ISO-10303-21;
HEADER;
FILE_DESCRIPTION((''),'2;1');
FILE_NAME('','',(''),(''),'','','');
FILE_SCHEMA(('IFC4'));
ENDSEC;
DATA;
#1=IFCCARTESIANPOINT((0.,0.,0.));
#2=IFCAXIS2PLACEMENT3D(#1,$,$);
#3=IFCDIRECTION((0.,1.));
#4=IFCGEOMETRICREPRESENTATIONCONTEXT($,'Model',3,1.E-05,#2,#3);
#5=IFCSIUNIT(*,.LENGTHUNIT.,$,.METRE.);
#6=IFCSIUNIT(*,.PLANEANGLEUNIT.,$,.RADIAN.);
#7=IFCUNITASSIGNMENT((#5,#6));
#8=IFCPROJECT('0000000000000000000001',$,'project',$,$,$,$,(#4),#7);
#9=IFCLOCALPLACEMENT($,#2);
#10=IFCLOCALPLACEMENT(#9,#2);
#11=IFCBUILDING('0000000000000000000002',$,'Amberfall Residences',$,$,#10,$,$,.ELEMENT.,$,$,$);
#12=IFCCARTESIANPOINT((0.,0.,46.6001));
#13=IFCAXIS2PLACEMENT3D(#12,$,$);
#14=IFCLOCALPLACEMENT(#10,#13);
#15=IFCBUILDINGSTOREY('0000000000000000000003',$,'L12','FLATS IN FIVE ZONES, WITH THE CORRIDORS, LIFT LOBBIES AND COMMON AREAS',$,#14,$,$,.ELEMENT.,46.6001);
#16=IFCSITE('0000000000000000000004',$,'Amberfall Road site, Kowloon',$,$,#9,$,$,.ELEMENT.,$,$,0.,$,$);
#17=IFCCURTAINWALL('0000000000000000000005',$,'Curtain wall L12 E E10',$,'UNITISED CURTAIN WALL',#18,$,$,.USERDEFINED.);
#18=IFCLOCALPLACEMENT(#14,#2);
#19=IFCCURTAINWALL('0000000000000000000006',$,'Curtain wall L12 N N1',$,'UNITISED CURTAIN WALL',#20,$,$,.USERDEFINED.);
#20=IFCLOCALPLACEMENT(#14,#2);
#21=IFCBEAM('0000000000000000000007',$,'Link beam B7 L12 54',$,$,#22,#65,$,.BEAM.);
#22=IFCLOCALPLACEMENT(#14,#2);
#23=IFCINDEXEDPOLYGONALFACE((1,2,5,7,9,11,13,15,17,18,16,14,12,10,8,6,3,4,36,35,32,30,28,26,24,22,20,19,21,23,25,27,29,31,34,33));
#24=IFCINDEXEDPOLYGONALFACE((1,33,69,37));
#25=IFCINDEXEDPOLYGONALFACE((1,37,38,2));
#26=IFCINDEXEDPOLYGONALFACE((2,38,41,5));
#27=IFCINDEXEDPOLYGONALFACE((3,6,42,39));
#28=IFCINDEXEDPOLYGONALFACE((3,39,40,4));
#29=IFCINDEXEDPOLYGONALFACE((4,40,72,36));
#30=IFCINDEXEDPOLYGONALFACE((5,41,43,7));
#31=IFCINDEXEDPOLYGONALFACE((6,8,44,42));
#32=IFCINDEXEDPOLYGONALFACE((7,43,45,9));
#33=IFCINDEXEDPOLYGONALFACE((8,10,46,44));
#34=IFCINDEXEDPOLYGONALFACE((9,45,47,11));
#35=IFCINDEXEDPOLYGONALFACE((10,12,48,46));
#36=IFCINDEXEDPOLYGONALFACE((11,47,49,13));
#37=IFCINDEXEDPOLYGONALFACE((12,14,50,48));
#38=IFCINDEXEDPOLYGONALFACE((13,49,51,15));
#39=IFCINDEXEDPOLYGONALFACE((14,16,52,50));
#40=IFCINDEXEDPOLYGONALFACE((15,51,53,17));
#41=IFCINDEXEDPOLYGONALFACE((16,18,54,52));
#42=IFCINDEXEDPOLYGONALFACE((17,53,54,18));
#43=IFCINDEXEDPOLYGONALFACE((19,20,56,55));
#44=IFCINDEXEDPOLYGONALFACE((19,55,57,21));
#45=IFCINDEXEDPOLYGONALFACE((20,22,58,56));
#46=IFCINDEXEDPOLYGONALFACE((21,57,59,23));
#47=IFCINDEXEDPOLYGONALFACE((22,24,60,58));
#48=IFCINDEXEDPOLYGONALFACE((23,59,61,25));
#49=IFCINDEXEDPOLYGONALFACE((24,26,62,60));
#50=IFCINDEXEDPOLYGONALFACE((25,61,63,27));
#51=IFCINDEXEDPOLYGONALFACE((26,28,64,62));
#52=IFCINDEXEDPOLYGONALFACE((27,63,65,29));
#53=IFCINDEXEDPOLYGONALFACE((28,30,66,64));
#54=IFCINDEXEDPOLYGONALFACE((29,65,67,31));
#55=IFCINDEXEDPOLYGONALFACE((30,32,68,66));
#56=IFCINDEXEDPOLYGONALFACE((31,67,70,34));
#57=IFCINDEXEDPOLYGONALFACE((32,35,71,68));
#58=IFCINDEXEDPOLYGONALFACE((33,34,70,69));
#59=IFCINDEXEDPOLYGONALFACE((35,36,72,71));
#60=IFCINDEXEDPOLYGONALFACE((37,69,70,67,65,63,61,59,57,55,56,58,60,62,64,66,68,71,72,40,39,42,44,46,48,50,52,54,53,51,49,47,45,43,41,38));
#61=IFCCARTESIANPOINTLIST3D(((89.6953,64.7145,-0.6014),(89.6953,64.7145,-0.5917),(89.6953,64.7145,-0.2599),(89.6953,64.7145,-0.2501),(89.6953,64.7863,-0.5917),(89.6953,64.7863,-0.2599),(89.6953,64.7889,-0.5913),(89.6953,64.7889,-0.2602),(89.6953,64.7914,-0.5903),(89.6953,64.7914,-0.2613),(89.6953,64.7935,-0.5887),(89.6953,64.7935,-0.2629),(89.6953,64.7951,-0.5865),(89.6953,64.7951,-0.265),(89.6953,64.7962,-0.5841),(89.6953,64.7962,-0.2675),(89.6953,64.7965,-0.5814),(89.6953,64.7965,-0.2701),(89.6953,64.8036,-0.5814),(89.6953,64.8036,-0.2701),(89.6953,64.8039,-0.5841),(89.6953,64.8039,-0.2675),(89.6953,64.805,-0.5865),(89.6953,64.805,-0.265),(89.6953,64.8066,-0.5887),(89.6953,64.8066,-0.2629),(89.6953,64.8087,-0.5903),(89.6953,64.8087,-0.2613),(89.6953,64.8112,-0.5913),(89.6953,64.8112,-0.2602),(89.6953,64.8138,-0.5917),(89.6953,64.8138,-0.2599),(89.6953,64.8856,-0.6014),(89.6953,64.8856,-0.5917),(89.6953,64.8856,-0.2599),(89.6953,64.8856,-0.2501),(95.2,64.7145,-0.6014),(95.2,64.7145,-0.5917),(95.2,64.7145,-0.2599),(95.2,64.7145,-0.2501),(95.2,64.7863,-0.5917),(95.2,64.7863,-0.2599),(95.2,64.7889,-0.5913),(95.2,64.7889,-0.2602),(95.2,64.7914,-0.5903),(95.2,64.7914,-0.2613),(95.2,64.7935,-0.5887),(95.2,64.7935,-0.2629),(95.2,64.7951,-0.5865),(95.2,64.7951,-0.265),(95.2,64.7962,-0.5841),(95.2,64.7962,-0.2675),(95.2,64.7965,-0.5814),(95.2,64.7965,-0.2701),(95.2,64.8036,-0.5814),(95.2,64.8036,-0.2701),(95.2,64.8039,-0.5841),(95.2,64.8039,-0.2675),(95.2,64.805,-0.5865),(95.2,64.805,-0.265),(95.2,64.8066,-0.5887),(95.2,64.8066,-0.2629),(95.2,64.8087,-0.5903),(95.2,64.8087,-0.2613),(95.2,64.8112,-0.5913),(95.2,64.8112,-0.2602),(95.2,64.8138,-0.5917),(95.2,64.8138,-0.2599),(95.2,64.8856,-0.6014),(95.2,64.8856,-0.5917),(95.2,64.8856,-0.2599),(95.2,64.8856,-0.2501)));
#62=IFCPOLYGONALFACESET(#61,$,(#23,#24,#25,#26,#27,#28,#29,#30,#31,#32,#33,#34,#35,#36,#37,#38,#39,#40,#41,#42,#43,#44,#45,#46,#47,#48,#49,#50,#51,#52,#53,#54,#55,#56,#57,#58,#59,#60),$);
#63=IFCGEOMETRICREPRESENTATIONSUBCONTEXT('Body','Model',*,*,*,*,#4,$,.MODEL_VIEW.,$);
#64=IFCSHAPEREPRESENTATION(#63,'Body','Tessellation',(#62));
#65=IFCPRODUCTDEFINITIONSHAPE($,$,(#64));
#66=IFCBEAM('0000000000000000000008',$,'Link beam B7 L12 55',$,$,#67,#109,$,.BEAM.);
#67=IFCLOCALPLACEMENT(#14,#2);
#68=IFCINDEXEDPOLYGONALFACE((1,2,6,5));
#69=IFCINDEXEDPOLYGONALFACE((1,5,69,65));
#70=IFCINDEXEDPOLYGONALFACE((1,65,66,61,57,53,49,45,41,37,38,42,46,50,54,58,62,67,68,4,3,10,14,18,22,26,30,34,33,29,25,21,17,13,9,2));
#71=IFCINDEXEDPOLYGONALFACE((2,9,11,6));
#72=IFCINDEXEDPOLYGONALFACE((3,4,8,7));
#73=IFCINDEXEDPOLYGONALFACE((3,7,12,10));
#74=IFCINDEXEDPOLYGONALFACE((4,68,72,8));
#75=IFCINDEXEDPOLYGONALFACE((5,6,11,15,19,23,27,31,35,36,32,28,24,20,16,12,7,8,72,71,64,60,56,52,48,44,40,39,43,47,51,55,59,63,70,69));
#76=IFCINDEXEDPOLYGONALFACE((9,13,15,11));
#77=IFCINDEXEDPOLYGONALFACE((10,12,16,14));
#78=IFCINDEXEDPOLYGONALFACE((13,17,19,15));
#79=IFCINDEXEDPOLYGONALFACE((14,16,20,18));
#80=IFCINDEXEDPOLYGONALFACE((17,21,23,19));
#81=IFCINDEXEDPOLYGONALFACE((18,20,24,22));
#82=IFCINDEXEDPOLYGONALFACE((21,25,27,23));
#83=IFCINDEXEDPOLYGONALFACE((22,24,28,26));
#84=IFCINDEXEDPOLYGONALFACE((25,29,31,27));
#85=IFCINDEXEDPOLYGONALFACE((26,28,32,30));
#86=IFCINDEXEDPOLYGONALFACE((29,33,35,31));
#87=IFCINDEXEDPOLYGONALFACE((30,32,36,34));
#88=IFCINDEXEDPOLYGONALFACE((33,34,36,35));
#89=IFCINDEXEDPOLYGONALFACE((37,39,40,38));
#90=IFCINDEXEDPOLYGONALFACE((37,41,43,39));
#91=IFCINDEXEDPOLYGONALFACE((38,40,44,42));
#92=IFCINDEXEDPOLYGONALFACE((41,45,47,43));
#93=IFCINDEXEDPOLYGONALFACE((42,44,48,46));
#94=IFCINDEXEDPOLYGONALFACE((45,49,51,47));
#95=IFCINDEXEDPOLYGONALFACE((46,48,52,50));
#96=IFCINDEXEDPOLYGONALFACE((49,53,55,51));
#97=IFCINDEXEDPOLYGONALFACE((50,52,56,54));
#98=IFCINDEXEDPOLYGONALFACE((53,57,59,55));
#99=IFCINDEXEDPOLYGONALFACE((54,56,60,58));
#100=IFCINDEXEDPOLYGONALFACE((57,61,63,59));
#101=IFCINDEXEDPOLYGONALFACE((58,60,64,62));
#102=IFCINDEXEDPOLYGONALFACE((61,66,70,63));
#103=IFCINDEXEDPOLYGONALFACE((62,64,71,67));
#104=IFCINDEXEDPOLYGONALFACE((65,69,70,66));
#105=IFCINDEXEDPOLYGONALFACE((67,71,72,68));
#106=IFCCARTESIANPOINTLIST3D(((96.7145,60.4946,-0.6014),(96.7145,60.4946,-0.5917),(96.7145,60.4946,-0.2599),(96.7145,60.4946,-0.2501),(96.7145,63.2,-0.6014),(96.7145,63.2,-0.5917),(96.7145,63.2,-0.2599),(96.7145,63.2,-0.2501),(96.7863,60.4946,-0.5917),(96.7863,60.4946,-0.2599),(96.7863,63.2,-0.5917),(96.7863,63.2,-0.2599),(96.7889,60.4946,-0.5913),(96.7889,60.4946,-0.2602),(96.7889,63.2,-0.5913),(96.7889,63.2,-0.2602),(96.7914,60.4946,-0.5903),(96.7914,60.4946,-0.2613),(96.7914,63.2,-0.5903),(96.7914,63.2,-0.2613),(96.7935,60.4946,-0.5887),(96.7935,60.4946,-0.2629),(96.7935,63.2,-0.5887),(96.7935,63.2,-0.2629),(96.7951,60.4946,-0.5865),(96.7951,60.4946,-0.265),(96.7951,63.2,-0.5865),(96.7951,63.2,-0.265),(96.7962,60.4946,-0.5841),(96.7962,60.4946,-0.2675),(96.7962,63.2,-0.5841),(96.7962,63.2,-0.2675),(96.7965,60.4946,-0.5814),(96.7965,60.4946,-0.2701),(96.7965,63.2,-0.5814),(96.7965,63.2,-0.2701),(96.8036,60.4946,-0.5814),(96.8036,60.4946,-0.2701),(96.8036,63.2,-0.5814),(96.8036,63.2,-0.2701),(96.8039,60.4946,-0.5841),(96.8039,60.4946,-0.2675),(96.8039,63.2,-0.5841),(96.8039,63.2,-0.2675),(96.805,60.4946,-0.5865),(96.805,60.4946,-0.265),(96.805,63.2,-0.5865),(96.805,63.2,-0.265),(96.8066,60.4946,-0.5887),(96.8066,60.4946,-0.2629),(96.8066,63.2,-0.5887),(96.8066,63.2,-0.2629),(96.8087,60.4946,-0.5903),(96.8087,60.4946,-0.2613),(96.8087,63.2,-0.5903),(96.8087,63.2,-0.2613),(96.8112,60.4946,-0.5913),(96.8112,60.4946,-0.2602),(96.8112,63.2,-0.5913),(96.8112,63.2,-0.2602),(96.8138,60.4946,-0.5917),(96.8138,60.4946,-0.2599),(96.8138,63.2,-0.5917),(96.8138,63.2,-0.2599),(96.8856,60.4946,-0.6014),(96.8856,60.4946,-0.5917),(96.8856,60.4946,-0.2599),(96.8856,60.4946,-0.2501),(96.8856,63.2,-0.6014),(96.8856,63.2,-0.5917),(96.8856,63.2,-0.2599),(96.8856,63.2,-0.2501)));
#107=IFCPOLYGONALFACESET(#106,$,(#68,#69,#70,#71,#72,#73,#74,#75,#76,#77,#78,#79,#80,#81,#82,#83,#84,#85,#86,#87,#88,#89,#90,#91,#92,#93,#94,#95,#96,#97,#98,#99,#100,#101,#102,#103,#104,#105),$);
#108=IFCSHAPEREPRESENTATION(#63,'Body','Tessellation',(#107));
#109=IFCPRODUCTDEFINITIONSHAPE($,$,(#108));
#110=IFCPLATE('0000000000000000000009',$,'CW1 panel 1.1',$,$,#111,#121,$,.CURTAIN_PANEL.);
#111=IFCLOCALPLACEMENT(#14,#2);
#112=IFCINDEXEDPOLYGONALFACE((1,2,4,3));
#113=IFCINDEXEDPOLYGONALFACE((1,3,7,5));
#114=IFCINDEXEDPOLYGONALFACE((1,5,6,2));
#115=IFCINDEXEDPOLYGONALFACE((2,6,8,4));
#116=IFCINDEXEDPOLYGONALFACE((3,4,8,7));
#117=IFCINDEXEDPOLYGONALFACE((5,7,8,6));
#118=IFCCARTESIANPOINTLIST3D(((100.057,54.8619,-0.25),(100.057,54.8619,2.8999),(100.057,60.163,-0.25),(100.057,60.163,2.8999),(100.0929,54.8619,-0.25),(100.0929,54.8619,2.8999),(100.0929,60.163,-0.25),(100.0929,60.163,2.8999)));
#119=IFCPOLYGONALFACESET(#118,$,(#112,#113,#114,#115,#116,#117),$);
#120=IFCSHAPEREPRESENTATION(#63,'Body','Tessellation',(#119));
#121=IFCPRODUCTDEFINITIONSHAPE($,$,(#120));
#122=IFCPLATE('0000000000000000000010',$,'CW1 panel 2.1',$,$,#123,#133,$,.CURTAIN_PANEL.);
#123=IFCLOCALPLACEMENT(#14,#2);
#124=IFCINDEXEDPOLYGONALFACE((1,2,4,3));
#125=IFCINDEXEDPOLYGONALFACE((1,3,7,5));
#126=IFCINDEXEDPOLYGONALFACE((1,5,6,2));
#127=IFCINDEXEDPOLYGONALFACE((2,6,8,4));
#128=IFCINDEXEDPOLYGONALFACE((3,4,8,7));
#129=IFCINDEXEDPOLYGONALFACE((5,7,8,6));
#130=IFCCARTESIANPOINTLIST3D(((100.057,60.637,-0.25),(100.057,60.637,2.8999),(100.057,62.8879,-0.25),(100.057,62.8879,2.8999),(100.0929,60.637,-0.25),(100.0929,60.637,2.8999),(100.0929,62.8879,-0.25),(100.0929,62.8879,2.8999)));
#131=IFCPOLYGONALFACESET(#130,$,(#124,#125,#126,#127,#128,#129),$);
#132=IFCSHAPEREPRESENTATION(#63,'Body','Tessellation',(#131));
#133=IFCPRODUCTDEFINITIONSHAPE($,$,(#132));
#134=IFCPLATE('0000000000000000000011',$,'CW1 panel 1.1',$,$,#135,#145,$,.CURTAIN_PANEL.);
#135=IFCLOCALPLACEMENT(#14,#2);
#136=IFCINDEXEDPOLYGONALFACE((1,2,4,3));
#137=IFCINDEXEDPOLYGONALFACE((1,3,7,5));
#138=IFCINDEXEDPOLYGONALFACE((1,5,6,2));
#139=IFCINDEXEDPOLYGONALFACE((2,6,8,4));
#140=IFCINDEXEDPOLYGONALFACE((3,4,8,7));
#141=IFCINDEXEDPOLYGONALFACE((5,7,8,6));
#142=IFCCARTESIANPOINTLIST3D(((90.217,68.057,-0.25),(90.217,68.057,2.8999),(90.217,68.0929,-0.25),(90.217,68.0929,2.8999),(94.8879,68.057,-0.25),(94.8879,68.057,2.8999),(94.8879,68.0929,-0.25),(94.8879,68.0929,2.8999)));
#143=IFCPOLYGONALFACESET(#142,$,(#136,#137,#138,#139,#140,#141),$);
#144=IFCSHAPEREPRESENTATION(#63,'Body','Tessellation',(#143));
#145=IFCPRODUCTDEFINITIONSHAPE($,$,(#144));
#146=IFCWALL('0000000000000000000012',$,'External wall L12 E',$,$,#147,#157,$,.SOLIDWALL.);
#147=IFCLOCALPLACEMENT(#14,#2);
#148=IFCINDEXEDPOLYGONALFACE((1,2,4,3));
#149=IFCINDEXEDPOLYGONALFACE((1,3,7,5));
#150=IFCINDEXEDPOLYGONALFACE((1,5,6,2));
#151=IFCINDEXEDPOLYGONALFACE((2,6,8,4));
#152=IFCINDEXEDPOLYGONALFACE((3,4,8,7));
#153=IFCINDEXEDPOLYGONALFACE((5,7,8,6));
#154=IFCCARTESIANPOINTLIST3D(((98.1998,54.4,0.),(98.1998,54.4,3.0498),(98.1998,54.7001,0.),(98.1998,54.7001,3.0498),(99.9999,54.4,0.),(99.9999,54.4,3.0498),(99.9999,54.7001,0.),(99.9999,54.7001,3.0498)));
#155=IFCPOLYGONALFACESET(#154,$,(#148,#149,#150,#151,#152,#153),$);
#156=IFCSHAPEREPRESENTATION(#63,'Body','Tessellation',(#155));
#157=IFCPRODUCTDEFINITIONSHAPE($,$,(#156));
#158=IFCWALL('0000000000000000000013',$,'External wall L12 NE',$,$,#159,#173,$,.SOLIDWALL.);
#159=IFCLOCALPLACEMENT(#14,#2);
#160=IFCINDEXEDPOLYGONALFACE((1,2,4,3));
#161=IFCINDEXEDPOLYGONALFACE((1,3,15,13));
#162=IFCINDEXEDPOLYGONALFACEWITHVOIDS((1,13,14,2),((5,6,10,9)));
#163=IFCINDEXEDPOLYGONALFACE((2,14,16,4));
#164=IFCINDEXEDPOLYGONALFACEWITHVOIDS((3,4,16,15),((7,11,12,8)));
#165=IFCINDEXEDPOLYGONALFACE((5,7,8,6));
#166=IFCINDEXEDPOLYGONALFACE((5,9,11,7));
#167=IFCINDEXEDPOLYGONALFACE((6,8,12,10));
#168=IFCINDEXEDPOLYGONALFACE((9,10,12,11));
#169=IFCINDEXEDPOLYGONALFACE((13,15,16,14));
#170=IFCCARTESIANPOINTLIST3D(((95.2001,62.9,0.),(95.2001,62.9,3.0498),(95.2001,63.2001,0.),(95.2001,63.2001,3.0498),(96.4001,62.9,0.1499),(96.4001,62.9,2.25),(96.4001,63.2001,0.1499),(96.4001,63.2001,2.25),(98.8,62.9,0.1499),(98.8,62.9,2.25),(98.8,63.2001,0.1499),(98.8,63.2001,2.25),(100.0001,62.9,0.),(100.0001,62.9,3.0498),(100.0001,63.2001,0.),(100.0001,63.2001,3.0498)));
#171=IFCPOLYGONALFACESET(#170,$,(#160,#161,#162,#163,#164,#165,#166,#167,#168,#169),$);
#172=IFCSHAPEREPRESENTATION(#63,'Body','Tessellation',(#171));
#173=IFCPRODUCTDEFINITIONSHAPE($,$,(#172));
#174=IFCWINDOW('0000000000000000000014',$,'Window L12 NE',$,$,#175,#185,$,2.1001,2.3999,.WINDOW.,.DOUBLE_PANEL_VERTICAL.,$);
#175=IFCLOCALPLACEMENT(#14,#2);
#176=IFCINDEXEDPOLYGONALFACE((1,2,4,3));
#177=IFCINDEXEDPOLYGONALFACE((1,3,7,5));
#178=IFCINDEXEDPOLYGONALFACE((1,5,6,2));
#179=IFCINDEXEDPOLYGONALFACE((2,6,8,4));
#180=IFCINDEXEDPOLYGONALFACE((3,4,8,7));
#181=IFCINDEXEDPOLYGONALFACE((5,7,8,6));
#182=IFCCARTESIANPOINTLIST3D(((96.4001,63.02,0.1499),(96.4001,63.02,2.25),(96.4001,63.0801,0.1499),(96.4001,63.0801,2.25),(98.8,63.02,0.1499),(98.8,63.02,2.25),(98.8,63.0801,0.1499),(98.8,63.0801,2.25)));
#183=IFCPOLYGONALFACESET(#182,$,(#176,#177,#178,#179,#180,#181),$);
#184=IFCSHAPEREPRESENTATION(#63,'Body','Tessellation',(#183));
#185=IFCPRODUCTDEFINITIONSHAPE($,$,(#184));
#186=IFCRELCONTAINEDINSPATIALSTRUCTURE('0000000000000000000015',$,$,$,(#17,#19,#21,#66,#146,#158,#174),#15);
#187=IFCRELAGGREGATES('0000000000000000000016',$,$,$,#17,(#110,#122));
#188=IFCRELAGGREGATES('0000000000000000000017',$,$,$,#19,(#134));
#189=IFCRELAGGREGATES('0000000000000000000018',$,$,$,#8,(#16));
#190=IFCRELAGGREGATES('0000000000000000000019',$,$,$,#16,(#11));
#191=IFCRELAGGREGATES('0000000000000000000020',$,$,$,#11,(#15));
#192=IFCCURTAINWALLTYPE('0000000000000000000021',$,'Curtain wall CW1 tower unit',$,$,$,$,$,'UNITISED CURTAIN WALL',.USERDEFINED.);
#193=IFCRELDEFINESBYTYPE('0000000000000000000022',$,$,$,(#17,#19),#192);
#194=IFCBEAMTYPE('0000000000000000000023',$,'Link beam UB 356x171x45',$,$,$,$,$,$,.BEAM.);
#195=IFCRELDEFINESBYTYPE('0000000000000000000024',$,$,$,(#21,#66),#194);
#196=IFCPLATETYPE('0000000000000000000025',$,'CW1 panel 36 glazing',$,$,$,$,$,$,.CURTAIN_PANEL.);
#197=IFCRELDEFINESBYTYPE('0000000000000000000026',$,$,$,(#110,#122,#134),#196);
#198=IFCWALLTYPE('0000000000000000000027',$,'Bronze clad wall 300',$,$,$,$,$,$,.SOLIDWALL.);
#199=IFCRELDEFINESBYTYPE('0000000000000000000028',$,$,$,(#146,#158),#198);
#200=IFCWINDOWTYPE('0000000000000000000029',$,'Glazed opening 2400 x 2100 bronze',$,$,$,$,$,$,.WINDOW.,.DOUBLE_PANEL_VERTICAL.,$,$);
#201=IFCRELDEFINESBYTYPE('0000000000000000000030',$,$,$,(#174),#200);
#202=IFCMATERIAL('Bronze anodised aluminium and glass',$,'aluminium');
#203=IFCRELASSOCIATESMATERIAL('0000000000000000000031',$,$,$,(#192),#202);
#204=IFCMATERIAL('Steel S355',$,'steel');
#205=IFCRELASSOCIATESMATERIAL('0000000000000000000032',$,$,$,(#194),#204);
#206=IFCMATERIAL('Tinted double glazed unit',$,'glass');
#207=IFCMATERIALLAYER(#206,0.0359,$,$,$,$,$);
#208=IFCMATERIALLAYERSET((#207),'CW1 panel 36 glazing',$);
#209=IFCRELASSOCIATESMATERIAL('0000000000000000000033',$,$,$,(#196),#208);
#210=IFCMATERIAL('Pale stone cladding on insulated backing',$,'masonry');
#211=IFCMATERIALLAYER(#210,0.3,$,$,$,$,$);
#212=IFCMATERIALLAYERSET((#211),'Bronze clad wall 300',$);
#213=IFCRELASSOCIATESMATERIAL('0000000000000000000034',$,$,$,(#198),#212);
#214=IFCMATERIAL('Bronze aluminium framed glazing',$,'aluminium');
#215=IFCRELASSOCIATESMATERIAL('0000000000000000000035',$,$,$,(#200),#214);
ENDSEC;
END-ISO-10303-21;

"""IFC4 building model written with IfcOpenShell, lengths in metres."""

from ifc_helpers import new_model, si_unit, direction, frame, frame_2d, origin, origin_2d, place, context, subcontext, project, spatial, rectangle, i_section, extrude, material, layer, layer_set, material_profile, profile_set, type_object, element, fill, aggregate, save


model = new_model("IFC4")

# Units and contexts
model_context = context("Model", 3, precision=1e-05, world=origin(), true_north=direction((0.0, 1.0)))
body_context = subcontext(model_context, "Body", "Model", "MODEL_VIEW")
ifc_project = project(units=[si_unit("LENGTHUNIT", "METRE"), si_unit("PLANEANGLEUNIT", "RADIAN")], contexts=[model_context])

# Site, building, storey
site_placement = place(None, origin())
site = spatial("IfcSite", under=ifc_project, at=site_placement, Name="Amberfall Road site, Kowloon", CompositionType="ELEMENT", RefElevation=0.0)
building_placement = place(site_placement, origin())
building = spatial("IfcBuilding", under=site, at=building_placement, Name="Amberfall Residences", CompositionType="ELEMENT")
storey_placement = place(building_placement, frame((0.0, 0.0, 46.6001)))
storey = spatial("IfcBuildingStorey", under=building, at=storey_placement, Name="L12", Description="FLATS IN FIVE ZONES, WITH THE CORRIDORS, LIFT LOBBIES AND COMMON AREAS", CompositionType="ELEMENT", Elevation=46.6001)

# Curtain wall
ifc_material_1 = material(Name="Bronze anodised aluminium and glass", Category="aluminium")
curtain_wall_type = type_object("IfcCurtainWallType", Name="Curtain wall CW1 tower unit", ElementType="UNITISED CURTAIN WALL", PredefinedType="USERDEFINED", material=ifc_material_1)
curtain_wall_1_placement = place(storey_placement, origin())
curtain_wall_1 = element("IfcCurtainWall", 1, at=curtain_wall_1_placement, inside=storey, type_object=curtain_wall_type, Name="Curtain wall L12 E E10", ObjectType="UNITISED CURTAIN WALL", PredefinedType="USERDEFINED")

# Curtain wall
curtain_wall_2_placement = place(storey_placement, origin())
curtain_wall_2 = element("IfcCurtainWall", 2, at=curtain_wall_2_placement, inside=storey, type_object=curtain_wall_type, Name="Curtain wall L12 N N1", ObjectType="UNITISED CURTAIN WALL", PredefinedType="USERDEFINED")

# Beams
ifc_material_2 = material(Name="Steel S355", Category="steel")
ifc_material_profile_1 = material_profile(ifc_material_2, i_section(OverallWidth=0.1711, OverallDepth=0.3513, WebThickness=0.0071, FlangeThickness=0.0098, FilletRadius=0.0103, at=origin_2d()), Name="UB 356x171x45")
ifc_profile_set_1 = profile_set([ifc_material_profile_1], Name="Steel S355")
beam_type_1 = type_object("IfcBeamType", Name="Link beam UB 356x171x45", PredefinedType="BEAM", material=ifc_profile_set_1)
beam_1_placement = place(storey_placement, frame((95.2, 64.8, -0.4258), z_axis=(-1.0, 0.0, 0.0), x_axis=(0.0, -1.0, 0.0)))
element("IfcBeam", 3, at=beam_1_placement, inside=storey, type_object=beam_type_1, Name="Link beam B7 L12 54", PredefinedType="BEAM", context=body_context, shape_type="SweptSolid", body=[
    extrude(i_section(OverallWidth=0.1711, OverallDepth=0.3513, WebThickness=0.0071, FlangeThickness=0.0098, FilletRadius=0.0103, at=origin_2d()), origin(), (0.0, 0.0, 1.0), 5.5046),
])
beam_2_placement = place(storey_placement, frame((96.8, 63.2, -0.4258), z_axis=(0.0, -1.0, 0.0), x_axis=(1.0, 0.0, 0.0)))
element("IfcBeam", 4, at=beam_2_placement, inside=storey, type_object=beam_type_1, Name="Link beam B7 L12 55", PredefinedType="BEAM", context=body_context, shape_type="SweptSolid", body=[
    extrude(i_section(OverallWidth=0.1711, OverallDepth=0.3513, WebThickness=0.0071, FlangeThickness=0.0098, FilletRadius=0.0103, at=origin_2d()), origin(), (0.0, 0.0, 1.0), 2.7053),
])

# Plates
ifc_material_3 = material(Name="Tinted double glazed unit", Category="glass")
ifc_layer_1 = layer(ifc_material_3, 0.0359)
ifc_layer_set_1 = layer_set([ifc_layer_1], Name="CW1 panel 36 glazing")
plate_type = type_object("IfcPlateType", Name="CW1 panel 36 glazing", PredefinedType="CURTAIN_PANEL", material=ifc_layer_set_1)
plate_1_placement = place(storey_placement, frame((100.075, 57.5125, -0.25), z_axis=(0.0, 0.0, 1.0), x_axis=(0.0, 1.0, 0.0)))
plate_1 = element("IfcPlate", 5, at=plate_1_placement, type_object=plate_type, Name="CW1 panel 1.1", PredefinedType="CURTAIN_PANEL", context=body_context, shape_type="SweptSolid", body=[
    extrude(rectangle(XDim=5.301, YDim=0.0359, at=origin_2d()), origin(), (0.0, 0.0, 1.0), 3.1499),
])
plate_2_placement = place(storey_placement, frame((100.075, 61.7625, -0.25), z_axis=(0.0, 0.0, 1.0), x_axis=(0.0, 1.0, 0.0)))
plate_2 = element("IfcPlate", 6, at=plate_2_placement, type_object=plate_type, Name="CW1 panel 2.1", PredefinedType="CURTAIN_PANEL", context=body_context, shape_type="SweptSolid", body=[
    extrude(rectangle(XDim=2.251, YDim=0.0359, at=origin_2d()), origin(), (0.0, 0.0, 1.0), 3.1499),
])
aggregate(curtain_wall_1, [plate_1, plate_2])
plate_3_placement = place(storey_placement, frame((92.5525, 68.075, -0.25), z_axis=(0.0, 0.0, 1.0), x_axis=(-1.0, 0.0, 0.0)))
plate_3 = element("IfcPlate", 7, at=plate_3_placement, type_object=plate_type, Name="CW1 panel 1.1", PredefinedType="CURTAIN_PANEL", context=body_context, shape_type="SweptSolid", body=[
    extrude(rectangle(XDim=4.6709, YDim=0.0359, at=origin_2d()), origin(), (0.0, 0.0, 1.0), 3.1499),
])
aggregate(curtain_wall_2, [plate_3])

# Wall
ifc_material_4 = material(Name="Pale stone cladding on insulated backing", Category="masonry")
ifc_layer_2 = layer(ifc_material_4, 0.3)
ifc_layer_set_2 = layer_set([ifc_layer_2], Name="Bronze clad wall 300")
wall_type_1 = type_object("IfcWallType", Name="Bronze clad wall 300", PredefinedType="SOLIDWALL", material=ifc_layer_set_2)
wall_1_placement = place(storey_placement, frame((98.2, 54.55, 0.0), z_axis=(0.0, 0.0, 1.0), x_axis=(1.0, 0.0, 0.0)))
element("IfcWall", 8, at=wall_1_placement, inside=storey, type_object=wall_type_1, Name="External wall L12 E", PredefinedType="SOLIDWALL", context=body_context, shape_type="SweptSolid", body=[
    extrude(rectangle(XDim=1.8, YDim=0.3, at=frame_2d((0.8999, 0.0))), origin(), (0.0, 0.0, 1.0), 3.0498),
])

# Wall, opening, window
wall_2_placement = place(storey_placement, frame((100.0, 63.05, 0.0), z_axis=(0.0, 0.0, 1.0), x_axis=(-1.0, 0.0, 0.0)))
wall_2 = element("IfcWall", 9, at=wall_2_placement, inside=storey, type_object=wall_type_1, Name="External wall L12 NE", PredefinedType="SOLIDWALL", context=body_context, shape_type="SweptSolid", body=[
    extrude(rectangle(XDim=4.8, YDim=0.3, at=frame_2d((2.3999, 0.0))), origin(), (0.0, 0.0, 1.0), 3.0498),
])
opening_1_placement = place(wall_2_placement, frame((1.2, 0.0, 0.1499)))
opening_1 = element("IfcOpeningElement", 10, at=opening_1_placement, cuts=wall_2, PredefinedType="OPENING", context=body_context, shape_type="SweptSolid", body=[
    extrude(rectangle(XDim=2.3999, YDim=2.1001, at=frame_2d((1.2, 1.05))), frame((0.0, 0.1599, 0.0), z_axis=(0.0, -1.0, 0.0), x_axis=(1.0, 0.0, 0.0)), (0.0, 0.0, 1.0), 0.3201),
])
ifc_material_5 = material(Name="Bronze aluminium framed glazing", Category="aluminium")
window_type = type_object("IfcWindowType", Name="Glazed opening 2400 x 2100 bronze", PartitioningType="DOUBLE_PANEL_VERTICAL", PredefinedType="WINDOW", material=ifc_material_5)
window_placement = place(opening_1_placement, origin())
window = element("IfcWindow", 11, at=window_placement, inside=storey, type_object=window_type, Name="Window L12 NE", OverallHeight=2.1001, OverallWidth=2.3999, PartitioningType="DOUBLE_PANEL_VERTICAL", PredefinedType="WINDOW", context=body_context, shape_type="SweptSolid", body=[
    extrude(rectangle(XDim=2.3999, YDim=2.1001, at=frame_2d((1.2, 1.05))), frame((0.0, 0.03, 0.0), z_axis=(0.0, -1.0, 0.0), x_axis=(1.0, 0.0, 0.0)), (0.0, 0.0, 1.0), 0.0601),
])
fill(opening_1, window)

save(model, "model.ifc")
